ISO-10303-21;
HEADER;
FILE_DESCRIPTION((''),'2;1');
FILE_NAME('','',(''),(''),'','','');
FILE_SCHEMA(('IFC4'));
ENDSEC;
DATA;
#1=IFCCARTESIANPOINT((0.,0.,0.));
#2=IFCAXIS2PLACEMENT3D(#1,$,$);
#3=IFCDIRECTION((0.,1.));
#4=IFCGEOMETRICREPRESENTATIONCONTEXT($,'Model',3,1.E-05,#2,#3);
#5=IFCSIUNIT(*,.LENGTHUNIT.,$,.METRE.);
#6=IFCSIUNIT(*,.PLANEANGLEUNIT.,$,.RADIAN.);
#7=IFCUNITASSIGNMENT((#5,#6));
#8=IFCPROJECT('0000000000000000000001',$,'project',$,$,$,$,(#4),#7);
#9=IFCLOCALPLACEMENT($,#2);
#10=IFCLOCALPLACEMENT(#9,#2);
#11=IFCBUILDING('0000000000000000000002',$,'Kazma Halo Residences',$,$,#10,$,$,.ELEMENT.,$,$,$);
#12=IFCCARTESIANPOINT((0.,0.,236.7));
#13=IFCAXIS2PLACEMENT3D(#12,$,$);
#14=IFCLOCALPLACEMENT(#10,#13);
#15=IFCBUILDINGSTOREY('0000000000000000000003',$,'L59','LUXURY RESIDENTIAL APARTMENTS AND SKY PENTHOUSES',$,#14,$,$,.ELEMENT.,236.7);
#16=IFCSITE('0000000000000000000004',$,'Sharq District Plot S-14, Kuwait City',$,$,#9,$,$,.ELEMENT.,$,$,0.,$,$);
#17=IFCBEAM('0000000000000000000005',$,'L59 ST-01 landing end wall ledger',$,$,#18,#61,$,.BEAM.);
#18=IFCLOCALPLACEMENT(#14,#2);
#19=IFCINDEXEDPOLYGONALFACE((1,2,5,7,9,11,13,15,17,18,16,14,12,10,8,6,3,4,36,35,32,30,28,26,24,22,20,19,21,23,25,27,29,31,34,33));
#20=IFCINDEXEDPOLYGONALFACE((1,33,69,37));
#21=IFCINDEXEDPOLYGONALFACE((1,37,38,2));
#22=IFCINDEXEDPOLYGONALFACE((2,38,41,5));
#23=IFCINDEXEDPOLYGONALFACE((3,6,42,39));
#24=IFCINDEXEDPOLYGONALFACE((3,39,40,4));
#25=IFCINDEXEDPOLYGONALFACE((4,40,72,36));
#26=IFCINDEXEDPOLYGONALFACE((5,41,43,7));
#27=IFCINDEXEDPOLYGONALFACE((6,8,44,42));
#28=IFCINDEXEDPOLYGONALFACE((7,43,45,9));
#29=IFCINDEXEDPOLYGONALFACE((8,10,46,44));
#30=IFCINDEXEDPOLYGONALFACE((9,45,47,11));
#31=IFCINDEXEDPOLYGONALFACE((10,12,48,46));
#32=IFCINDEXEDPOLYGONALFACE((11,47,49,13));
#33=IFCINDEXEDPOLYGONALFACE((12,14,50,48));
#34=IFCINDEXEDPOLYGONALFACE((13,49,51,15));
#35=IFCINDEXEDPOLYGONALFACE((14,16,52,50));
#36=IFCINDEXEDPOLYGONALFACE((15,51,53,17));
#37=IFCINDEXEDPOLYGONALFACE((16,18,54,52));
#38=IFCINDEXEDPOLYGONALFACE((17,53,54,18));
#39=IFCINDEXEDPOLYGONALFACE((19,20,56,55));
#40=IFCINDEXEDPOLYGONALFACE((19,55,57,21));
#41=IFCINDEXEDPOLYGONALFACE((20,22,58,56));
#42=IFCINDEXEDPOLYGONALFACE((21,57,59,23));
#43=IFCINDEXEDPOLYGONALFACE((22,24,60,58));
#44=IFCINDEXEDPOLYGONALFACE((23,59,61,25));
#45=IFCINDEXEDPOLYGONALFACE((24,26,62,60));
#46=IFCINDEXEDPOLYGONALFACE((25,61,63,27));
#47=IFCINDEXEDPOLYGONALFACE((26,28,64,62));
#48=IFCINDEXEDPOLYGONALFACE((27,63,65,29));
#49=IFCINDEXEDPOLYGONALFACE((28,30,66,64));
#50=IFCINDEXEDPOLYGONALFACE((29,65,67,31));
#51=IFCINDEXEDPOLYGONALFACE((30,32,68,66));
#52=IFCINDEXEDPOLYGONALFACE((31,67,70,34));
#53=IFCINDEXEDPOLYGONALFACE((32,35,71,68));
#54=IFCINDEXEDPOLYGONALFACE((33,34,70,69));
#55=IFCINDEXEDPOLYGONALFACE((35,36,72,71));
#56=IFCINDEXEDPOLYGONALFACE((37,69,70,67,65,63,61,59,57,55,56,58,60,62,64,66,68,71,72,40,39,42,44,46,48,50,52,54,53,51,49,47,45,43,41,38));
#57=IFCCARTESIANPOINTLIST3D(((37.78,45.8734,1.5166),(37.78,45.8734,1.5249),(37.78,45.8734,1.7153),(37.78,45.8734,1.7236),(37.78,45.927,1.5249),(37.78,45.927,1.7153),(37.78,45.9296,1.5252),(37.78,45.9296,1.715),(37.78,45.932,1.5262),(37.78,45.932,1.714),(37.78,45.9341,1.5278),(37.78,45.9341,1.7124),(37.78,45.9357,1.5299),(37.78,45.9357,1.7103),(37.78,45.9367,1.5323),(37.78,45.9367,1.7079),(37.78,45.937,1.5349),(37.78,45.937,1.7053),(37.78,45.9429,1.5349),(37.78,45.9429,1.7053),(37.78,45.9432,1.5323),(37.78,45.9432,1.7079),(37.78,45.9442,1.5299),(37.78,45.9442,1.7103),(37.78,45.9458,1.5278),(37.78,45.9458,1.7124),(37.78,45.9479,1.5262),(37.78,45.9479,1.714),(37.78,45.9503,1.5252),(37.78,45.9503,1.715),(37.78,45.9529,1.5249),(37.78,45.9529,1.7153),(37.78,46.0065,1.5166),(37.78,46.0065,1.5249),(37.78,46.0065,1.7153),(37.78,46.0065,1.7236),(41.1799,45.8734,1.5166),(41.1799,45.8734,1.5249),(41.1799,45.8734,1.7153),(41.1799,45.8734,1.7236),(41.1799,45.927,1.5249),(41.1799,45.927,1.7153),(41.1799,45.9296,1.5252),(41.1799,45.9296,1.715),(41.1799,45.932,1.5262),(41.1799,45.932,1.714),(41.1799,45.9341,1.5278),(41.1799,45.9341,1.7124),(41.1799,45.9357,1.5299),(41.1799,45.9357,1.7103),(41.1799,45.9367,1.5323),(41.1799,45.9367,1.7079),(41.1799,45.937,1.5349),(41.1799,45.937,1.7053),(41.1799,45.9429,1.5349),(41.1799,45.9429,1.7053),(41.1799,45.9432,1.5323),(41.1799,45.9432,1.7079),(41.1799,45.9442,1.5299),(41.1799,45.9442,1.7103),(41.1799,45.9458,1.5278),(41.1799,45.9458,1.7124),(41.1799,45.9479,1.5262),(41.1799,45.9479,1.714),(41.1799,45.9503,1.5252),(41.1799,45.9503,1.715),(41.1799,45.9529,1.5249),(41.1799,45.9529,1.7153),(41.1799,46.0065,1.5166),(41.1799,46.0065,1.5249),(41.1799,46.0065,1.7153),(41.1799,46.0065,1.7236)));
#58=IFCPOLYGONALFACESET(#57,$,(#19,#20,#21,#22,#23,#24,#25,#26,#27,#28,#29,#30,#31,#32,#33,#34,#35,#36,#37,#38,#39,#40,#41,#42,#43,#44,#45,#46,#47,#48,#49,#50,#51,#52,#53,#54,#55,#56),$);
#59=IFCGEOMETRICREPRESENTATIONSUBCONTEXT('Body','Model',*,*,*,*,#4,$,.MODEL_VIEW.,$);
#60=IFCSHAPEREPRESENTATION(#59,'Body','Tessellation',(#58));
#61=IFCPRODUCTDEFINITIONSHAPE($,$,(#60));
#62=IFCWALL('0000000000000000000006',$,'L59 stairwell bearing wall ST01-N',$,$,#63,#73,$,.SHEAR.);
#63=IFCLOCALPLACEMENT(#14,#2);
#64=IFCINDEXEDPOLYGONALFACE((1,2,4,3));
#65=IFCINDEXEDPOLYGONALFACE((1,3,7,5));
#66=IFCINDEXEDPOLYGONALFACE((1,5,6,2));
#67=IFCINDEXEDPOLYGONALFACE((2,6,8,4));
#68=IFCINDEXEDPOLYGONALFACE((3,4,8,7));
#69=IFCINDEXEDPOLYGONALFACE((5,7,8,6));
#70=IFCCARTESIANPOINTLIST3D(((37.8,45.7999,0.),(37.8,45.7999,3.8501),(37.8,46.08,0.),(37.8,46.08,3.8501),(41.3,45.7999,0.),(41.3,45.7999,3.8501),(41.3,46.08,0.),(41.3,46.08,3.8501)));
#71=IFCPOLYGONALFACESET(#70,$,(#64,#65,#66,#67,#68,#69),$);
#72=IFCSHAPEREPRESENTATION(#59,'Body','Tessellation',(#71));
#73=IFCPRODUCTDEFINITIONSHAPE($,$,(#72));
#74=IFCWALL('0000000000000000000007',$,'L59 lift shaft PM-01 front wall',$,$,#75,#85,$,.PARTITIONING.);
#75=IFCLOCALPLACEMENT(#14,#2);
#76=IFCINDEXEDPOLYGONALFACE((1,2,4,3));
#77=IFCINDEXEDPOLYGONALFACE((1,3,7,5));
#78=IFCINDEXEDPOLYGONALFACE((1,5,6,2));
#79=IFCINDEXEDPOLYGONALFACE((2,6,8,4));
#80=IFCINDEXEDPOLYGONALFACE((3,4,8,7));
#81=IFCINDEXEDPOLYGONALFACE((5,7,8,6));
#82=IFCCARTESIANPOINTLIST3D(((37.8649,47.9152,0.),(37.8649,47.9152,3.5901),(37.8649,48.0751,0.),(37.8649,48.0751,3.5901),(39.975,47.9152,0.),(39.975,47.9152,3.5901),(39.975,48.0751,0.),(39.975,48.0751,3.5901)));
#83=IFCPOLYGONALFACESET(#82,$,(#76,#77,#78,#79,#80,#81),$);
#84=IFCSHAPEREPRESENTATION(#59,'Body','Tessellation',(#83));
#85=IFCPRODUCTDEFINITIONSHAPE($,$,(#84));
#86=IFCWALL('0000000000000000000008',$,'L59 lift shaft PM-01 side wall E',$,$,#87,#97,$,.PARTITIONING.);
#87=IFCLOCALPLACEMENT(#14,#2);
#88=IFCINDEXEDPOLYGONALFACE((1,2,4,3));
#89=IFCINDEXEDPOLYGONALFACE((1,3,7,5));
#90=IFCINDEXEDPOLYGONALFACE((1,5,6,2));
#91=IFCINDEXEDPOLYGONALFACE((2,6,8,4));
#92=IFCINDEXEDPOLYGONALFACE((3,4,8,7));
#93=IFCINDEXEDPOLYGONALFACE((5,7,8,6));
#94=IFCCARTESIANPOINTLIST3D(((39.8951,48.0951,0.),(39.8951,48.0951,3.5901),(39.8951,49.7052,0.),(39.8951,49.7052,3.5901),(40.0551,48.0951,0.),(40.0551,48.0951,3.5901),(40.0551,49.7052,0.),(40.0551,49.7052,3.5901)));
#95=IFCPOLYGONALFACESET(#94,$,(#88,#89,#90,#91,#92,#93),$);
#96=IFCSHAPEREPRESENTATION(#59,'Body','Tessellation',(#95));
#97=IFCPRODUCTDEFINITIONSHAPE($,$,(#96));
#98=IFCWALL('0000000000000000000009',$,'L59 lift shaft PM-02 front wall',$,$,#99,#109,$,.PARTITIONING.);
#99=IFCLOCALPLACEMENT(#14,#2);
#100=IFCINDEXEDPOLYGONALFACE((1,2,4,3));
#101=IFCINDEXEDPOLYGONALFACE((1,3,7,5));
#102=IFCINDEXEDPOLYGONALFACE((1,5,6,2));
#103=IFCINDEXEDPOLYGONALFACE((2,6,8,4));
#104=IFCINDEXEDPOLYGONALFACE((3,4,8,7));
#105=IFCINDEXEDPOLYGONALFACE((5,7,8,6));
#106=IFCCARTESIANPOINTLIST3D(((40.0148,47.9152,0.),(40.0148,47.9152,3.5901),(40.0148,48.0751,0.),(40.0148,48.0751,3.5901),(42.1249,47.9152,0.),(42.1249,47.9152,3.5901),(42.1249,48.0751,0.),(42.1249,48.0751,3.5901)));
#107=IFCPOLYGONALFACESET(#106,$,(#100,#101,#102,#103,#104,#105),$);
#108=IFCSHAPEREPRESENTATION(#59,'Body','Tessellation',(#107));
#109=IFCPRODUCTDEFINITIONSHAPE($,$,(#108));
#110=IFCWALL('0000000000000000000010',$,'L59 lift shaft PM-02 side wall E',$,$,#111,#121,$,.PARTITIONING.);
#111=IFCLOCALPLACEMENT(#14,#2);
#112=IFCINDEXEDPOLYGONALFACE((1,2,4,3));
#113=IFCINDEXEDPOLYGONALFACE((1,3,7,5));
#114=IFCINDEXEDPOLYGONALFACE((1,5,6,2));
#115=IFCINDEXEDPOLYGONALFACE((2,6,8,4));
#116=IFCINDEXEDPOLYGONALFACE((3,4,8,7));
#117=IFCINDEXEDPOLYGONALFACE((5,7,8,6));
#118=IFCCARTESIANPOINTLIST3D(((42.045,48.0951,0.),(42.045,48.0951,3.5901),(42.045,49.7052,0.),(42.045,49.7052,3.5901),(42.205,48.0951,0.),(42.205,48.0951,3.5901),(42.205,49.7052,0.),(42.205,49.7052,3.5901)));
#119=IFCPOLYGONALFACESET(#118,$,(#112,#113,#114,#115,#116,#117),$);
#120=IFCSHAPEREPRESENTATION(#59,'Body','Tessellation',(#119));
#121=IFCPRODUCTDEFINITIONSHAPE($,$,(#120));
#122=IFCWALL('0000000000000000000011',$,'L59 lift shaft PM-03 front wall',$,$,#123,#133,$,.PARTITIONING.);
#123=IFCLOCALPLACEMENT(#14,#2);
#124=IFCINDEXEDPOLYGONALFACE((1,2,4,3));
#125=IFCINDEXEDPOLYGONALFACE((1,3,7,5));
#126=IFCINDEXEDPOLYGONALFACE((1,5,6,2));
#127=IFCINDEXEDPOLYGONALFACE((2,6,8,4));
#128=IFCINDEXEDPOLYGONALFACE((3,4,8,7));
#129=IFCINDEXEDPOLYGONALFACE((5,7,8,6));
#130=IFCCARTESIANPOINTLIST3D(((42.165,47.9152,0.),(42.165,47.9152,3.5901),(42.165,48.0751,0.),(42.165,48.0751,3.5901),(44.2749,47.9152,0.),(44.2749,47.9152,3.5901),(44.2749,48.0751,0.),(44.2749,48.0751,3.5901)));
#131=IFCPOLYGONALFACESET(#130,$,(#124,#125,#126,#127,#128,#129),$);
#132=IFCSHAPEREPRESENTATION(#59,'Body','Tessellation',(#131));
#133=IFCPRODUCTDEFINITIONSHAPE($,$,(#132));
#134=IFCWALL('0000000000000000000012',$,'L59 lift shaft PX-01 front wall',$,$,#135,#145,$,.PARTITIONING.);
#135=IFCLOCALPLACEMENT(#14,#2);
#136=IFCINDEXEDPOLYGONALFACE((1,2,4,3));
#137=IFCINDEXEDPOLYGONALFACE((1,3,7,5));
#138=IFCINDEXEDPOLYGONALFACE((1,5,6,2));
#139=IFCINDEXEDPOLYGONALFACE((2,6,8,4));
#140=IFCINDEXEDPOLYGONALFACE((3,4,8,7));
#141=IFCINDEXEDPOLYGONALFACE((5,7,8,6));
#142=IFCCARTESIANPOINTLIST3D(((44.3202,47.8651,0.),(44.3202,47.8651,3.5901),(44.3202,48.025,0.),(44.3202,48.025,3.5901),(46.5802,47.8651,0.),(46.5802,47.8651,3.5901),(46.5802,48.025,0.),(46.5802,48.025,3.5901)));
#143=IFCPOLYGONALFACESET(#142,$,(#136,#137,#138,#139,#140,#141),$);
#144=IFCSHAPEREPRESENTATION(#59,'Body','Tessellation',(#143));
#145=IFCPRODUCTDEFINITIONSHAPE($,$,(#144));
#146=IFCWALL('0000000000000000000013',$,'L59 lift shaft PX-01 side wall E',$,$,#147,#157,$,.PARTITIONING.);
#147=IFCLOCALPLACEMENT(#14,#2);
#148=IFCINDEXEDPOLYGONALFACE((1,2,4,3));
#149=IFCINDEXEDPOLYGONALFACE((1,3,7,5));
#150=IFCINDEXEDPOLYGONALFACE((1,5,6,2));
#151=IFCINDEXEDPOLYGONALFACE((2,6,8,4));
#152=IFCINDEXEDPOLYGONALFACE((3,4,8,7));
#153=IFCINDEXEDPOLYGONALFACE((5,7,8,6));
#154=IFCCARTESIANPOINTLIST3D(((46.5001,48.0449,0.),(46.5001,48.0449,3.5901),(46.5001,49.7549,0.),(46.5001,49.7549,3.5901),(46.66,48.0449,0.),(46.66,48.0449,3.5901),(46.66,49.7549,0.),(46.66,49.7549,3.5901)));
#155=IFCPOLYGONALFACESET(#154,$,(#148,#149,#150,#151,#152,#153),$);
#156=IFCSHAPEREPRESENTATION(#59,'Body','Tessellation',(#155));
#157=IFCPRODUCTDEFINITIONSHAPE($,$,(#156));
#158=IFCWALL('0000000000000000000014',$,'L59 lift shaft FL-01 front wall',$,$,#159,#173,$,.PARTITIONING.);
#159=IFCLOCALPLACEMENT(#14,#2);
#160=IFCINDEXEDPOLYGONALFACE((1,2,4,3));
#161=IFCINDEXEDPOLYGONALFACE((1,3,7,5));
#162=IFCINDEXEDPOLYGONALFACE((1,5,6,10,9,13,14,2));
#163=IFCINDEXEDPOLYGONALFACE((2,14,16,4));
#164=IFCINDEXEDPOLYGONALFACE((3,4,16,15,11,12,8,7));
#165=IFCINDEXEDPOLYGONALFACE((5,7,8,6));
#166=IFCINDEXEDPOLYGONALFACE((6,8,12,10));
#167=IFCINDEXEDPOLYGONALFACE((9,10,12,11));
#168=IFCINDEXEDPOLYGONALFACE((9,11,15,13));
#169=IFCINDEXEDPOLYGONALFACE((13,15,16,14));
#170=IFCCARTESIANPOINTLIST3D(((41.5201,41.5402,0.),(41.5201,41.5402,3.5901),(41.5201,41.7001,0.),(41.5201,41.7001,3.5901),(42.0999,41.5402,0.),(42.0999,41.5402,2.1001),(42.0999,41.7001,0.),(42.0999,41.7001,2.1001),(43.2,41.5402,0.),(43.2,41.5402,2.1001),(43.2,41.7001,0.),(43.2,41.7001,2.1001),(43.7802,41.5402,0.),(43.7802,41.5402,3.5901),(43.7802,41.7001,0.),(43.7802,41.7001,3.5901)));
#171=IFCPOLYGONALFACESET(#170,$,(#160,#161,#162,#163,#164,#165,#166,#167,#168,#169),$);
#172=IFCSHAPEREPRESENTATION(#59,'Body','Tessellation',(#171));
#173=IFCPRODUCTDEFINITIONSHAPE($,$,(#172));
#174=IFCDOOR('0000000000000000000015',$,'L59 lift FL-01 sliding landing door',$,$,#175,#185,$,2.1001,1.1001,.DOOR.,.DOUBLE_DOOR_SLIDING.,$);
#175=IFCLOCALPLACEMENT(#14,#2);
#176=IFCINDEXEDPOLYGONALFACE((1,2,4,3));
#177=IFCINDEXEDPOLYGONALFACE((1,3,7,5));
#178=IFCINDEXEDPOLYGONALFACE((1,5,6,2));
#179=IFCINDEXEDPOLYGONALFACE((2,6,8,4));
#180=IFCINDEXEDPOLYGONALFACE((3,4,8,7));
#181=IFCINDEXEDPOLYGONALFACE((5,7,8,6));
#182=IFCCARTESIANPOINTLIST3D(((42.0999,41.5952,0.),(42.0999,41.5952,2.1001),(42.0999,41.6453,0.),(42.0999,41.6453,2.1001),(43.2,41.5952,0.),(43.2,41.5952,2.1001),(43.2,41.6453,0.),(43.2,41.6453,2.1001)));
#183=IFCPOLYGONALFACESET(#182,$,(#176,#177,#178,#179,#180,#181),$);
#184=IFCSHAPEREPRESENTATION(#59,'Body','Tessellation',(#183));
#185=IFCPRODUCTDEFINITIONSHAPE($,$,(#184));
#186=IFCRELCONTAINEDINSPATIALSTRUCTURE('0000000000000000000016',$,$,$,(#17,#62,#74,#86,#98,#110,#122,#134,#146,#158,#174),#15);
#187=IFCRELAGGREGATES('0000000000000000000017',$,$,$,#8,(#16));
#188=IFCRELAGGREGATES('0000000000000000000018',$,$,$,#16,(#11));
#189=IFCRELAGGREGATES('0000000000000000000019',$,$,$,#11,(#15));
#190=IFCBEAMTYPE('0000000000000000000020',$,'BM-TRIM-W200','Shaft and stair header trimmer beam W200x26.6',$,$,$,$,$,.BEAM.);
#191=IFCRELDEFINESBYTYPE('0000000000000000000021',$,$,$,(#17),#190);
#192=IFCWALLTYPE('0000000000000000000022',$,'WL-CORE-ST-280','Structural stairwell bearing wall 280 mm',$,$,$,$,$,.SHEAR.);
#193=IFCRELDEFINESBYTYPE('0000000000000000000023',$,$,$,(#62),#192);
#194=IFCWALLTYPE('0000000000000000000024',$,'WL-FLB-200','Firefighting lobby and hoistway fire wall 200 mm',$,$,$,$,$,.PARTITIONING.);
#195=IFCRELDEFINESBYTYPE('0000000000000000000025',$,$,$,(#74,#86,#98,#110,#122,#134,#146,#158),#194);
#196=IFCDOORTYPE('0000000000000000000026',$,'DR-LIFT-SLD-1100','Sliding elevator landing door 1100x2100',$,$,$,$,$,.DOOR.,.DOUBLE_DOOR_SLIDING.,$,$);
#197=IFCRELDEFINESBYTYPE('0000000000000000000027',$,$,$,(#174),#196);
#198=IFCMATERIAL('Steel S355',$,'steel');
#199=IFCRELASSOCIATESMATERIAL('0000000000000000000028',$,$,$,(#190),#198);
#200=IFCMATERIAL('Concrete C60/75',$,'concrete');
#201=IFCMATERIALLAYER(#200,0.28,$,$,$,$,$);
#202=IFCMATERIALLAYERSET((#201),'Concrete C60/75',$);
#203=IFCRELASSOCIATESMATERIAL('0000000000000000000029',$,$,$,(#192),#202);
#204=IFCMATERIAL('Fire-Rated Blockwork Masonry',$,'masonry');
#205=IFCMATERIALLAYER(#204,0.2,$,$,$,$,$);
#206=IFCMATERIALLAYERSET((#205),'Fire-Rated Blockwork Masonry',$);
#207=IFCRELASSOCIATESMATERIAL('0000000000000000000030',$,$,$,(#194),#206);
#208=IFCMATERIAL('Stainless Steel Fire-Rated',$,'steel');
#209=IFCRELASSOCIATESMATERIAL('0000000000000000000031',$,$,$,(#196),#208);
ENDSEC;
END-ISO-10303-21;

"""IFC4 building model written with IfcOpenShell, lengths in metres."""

from ifc_helpers import new_model, si_unit, direction, frame, frame_2d, origin, origin_2d, place, context, subcontext, project, spatial, rectangle, i_section, extrude, material, layer, layer_set, material_profile, profile_set, type_object, element, fill, save


model = new_model("IFC4")

# Units and contexts
model_context = context("Model", 3, precision=1e-05, world=origin(), true_north=direction((0.0, 1.0)))
body_context = subcontext(model_context, "Body", "Model", "MODEL_VIEW")
ifc_project = project(units=[si_unit("LENGTHUNIT", "METRE"), si_unit("PLANEANGLEUNIT", "RADIAN")], contexts=[model_context])

# Site, building, storey
site_placement = place(None, origin())
site = spatial("IfcSite", under=ifc_project, at=site_placement, Name="Sharq District Plot S-14, Kuwait City", CompositionType="ELEMENT", RefElevation=0.0)
building_placement = place(site_placement, origin())
building = spatial("IfcBuilding", under=site, at=building_placement, Name="Kazma Halo Residences", CompositionType="ELEMENT")
storey_placement = place(building_placement, frame((0.0, 0.0, 236.7)))
storey = spatial("IfcBuildingStorey", under=building, at=storey_placement, Name="L59", Description="LUXURY RESIDENTIAL APARTMENTS AND SKY PENTHOUSES", CompositionType="ELEMENT", Elevation=236.7)

# Shared definitions
ifc_material_1 = material(Name="Steel S355", Category="steel")

# Beam
ifc_material_profile_1 = material_profile(ifc_material_1, i_section(OverallWidth=0.1331, OverallDepth=0.207, WebThickness=0.0059, FlangeThickness=0.0083, FilletRadius=0.01, at=origin_2d()), Name="W200x26.6")
ifc_profile_set_1 = profile_set([ifc_material_profile_1], Name="Steel S355")
beam_type_1 = type_object("IfcBeamType", Name="BM-TRIM-W200", Description="Shaft and stair header trimmer beam W200x26.6", PredefinedType="BEAM", material=ifc_profile_set_1)
beam_1_placement = place(storey_placement, frame((37.78, 45.9399, 1.6201), z_axis=(1.0, 0.0, 0.0), x_axis=(0.0, 1.0, 0.0)))
element("IfcBeam", 1, at=beam_1_placement, inside=storey, type_object=beam_type_1, Name="L59 ST-01 landing end wall ledger", PredefinedType="BEAM", context=body_context, shape_type="SweptSolid", body=[
    extrude(i_section(OverallWidth=0.1331, OverallDepth=0.207, WebThickness=0.0059, FlangeThickness=0.0083, FilletRadius=0.01, at=origin_2d()), origin(), (0.0, 0.0, 1.0), 3.3999),
])

# Walls
ifc_material_2 = material(Name="Concrete C60/75", Category="concrete")
ifc_layer_1 = layer(ifc_material_2, 0.28)
ifc_layer_set_1 = layer_set([ifc_layer_1], Name="Concrete C60/75")
wall_type_1 = type_object("IfcWallType", Name="WL-CORE-ST-280", Description="Structural stairwell bearing wall 280 mm", PredefinedType="SHEAR", material=ifc_layer_set_1)
wall_1_placement = place(storey_placement, frame((37.8, 45.9399, 0.0), z_axis=(0.0, 0.0, 1.0), x_axis=(1.0, 0.0, 0.0)))
element("IfcWall", 2, at=wall_1_placement, inside=storey, type_object=wall_type_1, Name="L59 stairwell bearing wall ST01-N", PredefinedType="SHEAR", context=body_context, shape_type="SweptSolid", body=[
    extrude(rectangle(XDim=3.5, YDim=0.28, at=frame_2d((1.75, 0.0))), origin(), (0.0, 0.0, 1.0), 3.8501),
])
ifc_material_3 = material(Name="Fire-Rated Blockwork Masonry", Category="masonry")
ifc_layer_2 = layer(ifc_material_3, 0.2)
ifc_layer_set_2 = layer_set([ifc_layer_2], Name="Fire-Rated Blockwork Masonry")
wall_type_2 = type_object("IfcWallType", Name="WL-FLB-200", Description="Firefighting lobby and hoistway fire wall 200 mm", PredefinedType="PARTITIONING", material=ifc_layer_set_2)
wall_2_placement = place(storey_placement, frame((39.9751, 47.9951, 0.0), z_axis=(0.0, 0.0, 1.0), x_axis=(-1.0, 0.0, 0.0)))
element("IfcWall", 3, at=wall_2_placement, inside=storey, type_object=wall_type_2, Name="L59 lift shaft PM-01 front wall", PredefinedType="PARTITIONING", context=body_context, shape_type="SweptSolid", body=[
    extrude(rectangle(XDim=2.1101, YDim=0.1599, at=frame_2d((1.0552, 0.0))), origin(), (0.0, 0.0, 1.0), 3.5901),
])
wall_3_placement = place(storey_placement, frame((39.9751, 48.095, 0.0), z_axis=(0.0, 0.0, 1.0), x_axis=(0.0, 1.0, 0.0)))
element("IfcWall", 4, at=wall_3_placement, inside=storey, type_object=wall_type_2, Name="L59 lift shaft PM-01 side wall E", PredefinedType="PARTITIONING", context=body_context, shape_type="SweptSolid", body=[
    extrude(rectangle(XDim=1.6101, YDim=0.1599, at=frame_2d((0.8052, 0.0))), origin(), (0.0, 0.0, 1.0), 3.5901),
])
wall_4_placement = place(storey_placement, frame((42.125, 47.9951, 0.0), z_axis=(0.0, 0.0, 1.0), x_axis=(-1.0, 0.0, 0.0)))
element("IfcWall", 5, at=wall_4_placement, inside=storey, type_object=wall_type_2, Name="L59 lift shaft PM-02 front wall", PredefinedType="PARTITIONING", context=body_context, shape_type="SweptSolid", body=[
    extrude(rectangle(XDim=2.1101, YDim=0.1599, at=frame_2d((1.0552, 0.0))), origin(), (0.0, 0.0, 1.0), 3.5901),
])
wall_5_placement = place(storey_placement, frame((42.125, 48.095, 0.0), z_axis=(0.0, 0.0, 1.0), x_axis=(0.0, 1.0, 0.0)))
element("IfcWall", 6, at=wall_5_placement, inside=storey, type_object=wall_type_2, Name="L59 lift shaft PM-02 side wall E", PredefinedType="PARTITIONING", context=body_context, shape_type="SweptSolid", body=[
    extrude(rectangle(XDim=1.6101, YDim=0.1599, at=frame_2d((0.8052, 0.0))), origin(), (0.0, 0.0, 1.0), 3.5901),
])
wall_6_placement = place(storey_placement, frame((44.2749, 47.9951, 0.0), z_axis=(0.0, 0.0, 1.0), x_axis=(-1.0, 0.0, 0.0)))
element("IfcWall", 7, at=wall_6_placement, inside=storey, type_object=wall_type_2, Name="L59 lift shaft PM-03 front wall", PredefinedType="PARTITIONING", context=body_context, shape_type="SweptSolid", body=[
    extrude(rectangle(XDim=2.1099, YDim=0.1599, at=frame_2d((1.0549, 0.0))), origin(), (0.0, 0.0, 1.0), 3.5901),
])
wall_7_placement = place(storey_placement, frame((46.5801, 47.9451, 0.0), z_axis=(0.0, 0.0, 1.0), x_axis=(-1.0, 0.0, 0.0)))
element("IfcWall", 8, at=wall_7_placement, inside=storey, type_object=wall_type_2, Name="L59 lift shaft PX-01 front wall", PredefinedType="PARTITIONING", context=body_context, shape_type="SweptSolid", body=[
    extrude(rectangle(XDim=2.26, YDim=0.1599, at=frame_2d((1.1299, 0.0))), origin(), (0.0, 0.0, 1.0), 3.5901),
])
wall_8_placement = place(storey_placement, frame((46.5801, 48.0449, 0.0), z_axis=(0.0, 0.0, 1.0), x_axis=(0.0, 1.0, 0.0)))
element("IfcWall", 9, at=wall_8_placement, inside=storey, type_object=wall_type_2, Name="L59 lift shaft PX-01 side wall E", PredefinedType="PARTITIONING", context=body_context, shape_type="SweptSolid", body=[
    extrude(rectangle(XDim=1.71, YDim=0.1599, at=frame_2d((0.855, 0.0))), origin(), (0.0, 0.0, 1.0), 3.5901),
])

# Wall, opening, door
wall_9_placement = place(storey_placement, frame((43.78, 41.6201, 0.0), z_axis=(0.0, 0.0, 1.0), x_axis=(-1.0, 0.0, 0.0)))
wall_9 = element("IfcWall", 10, at=wall_9_placement, inside=storey, type_object=wall_type_2, Name="L59 lift shaft FL-01 front wall", PredefinedType="PARTITIONING", context=body_context, shape_type="SweptSolid", body=[
    extrude(rectangle(XDim=2.26, YDim=0.1599, at=frame_2d((1.1299, 0.0))), origin(), (0.0, 0.0, 1.0), 3.5901),
])
opening_1_placement = place(wall_9_placement, frame((0.5801, 0.0, 0.0)))
opening_1 = element("IfcOpeningElement", 11, at=opening_1_placement, cuts=wall_9, PredefinedType="OPENING", context=body_context, shape_type="SweptSolid", body=[
    extrude(rectangle(XDim=1.1001, YDim=2.1001, at=frame_2d((0.55, 1.05))), frame((0.0, 0.0898, 0.0), z_axis=(0.0, -1.0, 0.0), x_axis=(1.0, 0.0, 0.0)), (0.0, 0.0, 1.0), 0.1799),
])
ifc_material_4 = material(Name="Stainless Steel Fire-Rated", Category="steel")
door_type_1 = type_object("IfcDoorType", Name="DR-LIFT-SLD-1100", Description="Sliding elevator landing door 1100x2100", OperationType="DOUBLE_DOOR_SLIDING", PredefinedType="DOOR", material=ifc_material_4)
door_1_placement = place(opening_1_placement, origin())
door_1 = element("IfcDoor", 12, at=door_1_placement, inside=storey, type_object=door_type_1, Name="L59 lift FL-01 sliding landing door", OperationType="DOUBLE_DOOR_SLIDING", OverallHeight=2.1001, OverallWidth=1.1001, PredefinedType="DOOR", context=body_context, shape_type="SweptSolid", body=[
    extrude(rectangle(XDim=1.1001, YDim=2.1001, at=frame_2d((0.55, 1.05))), frame((0.0, 0.0249, 0.0), z_axis=(0.0, -1.0, 0.0), x_axis=(1.0, 0.0, 0.0)), (0.0, 0.0, 1.0), 0.05),
])
fill(opening_1, door_1)

save(model, "model.ifc")
